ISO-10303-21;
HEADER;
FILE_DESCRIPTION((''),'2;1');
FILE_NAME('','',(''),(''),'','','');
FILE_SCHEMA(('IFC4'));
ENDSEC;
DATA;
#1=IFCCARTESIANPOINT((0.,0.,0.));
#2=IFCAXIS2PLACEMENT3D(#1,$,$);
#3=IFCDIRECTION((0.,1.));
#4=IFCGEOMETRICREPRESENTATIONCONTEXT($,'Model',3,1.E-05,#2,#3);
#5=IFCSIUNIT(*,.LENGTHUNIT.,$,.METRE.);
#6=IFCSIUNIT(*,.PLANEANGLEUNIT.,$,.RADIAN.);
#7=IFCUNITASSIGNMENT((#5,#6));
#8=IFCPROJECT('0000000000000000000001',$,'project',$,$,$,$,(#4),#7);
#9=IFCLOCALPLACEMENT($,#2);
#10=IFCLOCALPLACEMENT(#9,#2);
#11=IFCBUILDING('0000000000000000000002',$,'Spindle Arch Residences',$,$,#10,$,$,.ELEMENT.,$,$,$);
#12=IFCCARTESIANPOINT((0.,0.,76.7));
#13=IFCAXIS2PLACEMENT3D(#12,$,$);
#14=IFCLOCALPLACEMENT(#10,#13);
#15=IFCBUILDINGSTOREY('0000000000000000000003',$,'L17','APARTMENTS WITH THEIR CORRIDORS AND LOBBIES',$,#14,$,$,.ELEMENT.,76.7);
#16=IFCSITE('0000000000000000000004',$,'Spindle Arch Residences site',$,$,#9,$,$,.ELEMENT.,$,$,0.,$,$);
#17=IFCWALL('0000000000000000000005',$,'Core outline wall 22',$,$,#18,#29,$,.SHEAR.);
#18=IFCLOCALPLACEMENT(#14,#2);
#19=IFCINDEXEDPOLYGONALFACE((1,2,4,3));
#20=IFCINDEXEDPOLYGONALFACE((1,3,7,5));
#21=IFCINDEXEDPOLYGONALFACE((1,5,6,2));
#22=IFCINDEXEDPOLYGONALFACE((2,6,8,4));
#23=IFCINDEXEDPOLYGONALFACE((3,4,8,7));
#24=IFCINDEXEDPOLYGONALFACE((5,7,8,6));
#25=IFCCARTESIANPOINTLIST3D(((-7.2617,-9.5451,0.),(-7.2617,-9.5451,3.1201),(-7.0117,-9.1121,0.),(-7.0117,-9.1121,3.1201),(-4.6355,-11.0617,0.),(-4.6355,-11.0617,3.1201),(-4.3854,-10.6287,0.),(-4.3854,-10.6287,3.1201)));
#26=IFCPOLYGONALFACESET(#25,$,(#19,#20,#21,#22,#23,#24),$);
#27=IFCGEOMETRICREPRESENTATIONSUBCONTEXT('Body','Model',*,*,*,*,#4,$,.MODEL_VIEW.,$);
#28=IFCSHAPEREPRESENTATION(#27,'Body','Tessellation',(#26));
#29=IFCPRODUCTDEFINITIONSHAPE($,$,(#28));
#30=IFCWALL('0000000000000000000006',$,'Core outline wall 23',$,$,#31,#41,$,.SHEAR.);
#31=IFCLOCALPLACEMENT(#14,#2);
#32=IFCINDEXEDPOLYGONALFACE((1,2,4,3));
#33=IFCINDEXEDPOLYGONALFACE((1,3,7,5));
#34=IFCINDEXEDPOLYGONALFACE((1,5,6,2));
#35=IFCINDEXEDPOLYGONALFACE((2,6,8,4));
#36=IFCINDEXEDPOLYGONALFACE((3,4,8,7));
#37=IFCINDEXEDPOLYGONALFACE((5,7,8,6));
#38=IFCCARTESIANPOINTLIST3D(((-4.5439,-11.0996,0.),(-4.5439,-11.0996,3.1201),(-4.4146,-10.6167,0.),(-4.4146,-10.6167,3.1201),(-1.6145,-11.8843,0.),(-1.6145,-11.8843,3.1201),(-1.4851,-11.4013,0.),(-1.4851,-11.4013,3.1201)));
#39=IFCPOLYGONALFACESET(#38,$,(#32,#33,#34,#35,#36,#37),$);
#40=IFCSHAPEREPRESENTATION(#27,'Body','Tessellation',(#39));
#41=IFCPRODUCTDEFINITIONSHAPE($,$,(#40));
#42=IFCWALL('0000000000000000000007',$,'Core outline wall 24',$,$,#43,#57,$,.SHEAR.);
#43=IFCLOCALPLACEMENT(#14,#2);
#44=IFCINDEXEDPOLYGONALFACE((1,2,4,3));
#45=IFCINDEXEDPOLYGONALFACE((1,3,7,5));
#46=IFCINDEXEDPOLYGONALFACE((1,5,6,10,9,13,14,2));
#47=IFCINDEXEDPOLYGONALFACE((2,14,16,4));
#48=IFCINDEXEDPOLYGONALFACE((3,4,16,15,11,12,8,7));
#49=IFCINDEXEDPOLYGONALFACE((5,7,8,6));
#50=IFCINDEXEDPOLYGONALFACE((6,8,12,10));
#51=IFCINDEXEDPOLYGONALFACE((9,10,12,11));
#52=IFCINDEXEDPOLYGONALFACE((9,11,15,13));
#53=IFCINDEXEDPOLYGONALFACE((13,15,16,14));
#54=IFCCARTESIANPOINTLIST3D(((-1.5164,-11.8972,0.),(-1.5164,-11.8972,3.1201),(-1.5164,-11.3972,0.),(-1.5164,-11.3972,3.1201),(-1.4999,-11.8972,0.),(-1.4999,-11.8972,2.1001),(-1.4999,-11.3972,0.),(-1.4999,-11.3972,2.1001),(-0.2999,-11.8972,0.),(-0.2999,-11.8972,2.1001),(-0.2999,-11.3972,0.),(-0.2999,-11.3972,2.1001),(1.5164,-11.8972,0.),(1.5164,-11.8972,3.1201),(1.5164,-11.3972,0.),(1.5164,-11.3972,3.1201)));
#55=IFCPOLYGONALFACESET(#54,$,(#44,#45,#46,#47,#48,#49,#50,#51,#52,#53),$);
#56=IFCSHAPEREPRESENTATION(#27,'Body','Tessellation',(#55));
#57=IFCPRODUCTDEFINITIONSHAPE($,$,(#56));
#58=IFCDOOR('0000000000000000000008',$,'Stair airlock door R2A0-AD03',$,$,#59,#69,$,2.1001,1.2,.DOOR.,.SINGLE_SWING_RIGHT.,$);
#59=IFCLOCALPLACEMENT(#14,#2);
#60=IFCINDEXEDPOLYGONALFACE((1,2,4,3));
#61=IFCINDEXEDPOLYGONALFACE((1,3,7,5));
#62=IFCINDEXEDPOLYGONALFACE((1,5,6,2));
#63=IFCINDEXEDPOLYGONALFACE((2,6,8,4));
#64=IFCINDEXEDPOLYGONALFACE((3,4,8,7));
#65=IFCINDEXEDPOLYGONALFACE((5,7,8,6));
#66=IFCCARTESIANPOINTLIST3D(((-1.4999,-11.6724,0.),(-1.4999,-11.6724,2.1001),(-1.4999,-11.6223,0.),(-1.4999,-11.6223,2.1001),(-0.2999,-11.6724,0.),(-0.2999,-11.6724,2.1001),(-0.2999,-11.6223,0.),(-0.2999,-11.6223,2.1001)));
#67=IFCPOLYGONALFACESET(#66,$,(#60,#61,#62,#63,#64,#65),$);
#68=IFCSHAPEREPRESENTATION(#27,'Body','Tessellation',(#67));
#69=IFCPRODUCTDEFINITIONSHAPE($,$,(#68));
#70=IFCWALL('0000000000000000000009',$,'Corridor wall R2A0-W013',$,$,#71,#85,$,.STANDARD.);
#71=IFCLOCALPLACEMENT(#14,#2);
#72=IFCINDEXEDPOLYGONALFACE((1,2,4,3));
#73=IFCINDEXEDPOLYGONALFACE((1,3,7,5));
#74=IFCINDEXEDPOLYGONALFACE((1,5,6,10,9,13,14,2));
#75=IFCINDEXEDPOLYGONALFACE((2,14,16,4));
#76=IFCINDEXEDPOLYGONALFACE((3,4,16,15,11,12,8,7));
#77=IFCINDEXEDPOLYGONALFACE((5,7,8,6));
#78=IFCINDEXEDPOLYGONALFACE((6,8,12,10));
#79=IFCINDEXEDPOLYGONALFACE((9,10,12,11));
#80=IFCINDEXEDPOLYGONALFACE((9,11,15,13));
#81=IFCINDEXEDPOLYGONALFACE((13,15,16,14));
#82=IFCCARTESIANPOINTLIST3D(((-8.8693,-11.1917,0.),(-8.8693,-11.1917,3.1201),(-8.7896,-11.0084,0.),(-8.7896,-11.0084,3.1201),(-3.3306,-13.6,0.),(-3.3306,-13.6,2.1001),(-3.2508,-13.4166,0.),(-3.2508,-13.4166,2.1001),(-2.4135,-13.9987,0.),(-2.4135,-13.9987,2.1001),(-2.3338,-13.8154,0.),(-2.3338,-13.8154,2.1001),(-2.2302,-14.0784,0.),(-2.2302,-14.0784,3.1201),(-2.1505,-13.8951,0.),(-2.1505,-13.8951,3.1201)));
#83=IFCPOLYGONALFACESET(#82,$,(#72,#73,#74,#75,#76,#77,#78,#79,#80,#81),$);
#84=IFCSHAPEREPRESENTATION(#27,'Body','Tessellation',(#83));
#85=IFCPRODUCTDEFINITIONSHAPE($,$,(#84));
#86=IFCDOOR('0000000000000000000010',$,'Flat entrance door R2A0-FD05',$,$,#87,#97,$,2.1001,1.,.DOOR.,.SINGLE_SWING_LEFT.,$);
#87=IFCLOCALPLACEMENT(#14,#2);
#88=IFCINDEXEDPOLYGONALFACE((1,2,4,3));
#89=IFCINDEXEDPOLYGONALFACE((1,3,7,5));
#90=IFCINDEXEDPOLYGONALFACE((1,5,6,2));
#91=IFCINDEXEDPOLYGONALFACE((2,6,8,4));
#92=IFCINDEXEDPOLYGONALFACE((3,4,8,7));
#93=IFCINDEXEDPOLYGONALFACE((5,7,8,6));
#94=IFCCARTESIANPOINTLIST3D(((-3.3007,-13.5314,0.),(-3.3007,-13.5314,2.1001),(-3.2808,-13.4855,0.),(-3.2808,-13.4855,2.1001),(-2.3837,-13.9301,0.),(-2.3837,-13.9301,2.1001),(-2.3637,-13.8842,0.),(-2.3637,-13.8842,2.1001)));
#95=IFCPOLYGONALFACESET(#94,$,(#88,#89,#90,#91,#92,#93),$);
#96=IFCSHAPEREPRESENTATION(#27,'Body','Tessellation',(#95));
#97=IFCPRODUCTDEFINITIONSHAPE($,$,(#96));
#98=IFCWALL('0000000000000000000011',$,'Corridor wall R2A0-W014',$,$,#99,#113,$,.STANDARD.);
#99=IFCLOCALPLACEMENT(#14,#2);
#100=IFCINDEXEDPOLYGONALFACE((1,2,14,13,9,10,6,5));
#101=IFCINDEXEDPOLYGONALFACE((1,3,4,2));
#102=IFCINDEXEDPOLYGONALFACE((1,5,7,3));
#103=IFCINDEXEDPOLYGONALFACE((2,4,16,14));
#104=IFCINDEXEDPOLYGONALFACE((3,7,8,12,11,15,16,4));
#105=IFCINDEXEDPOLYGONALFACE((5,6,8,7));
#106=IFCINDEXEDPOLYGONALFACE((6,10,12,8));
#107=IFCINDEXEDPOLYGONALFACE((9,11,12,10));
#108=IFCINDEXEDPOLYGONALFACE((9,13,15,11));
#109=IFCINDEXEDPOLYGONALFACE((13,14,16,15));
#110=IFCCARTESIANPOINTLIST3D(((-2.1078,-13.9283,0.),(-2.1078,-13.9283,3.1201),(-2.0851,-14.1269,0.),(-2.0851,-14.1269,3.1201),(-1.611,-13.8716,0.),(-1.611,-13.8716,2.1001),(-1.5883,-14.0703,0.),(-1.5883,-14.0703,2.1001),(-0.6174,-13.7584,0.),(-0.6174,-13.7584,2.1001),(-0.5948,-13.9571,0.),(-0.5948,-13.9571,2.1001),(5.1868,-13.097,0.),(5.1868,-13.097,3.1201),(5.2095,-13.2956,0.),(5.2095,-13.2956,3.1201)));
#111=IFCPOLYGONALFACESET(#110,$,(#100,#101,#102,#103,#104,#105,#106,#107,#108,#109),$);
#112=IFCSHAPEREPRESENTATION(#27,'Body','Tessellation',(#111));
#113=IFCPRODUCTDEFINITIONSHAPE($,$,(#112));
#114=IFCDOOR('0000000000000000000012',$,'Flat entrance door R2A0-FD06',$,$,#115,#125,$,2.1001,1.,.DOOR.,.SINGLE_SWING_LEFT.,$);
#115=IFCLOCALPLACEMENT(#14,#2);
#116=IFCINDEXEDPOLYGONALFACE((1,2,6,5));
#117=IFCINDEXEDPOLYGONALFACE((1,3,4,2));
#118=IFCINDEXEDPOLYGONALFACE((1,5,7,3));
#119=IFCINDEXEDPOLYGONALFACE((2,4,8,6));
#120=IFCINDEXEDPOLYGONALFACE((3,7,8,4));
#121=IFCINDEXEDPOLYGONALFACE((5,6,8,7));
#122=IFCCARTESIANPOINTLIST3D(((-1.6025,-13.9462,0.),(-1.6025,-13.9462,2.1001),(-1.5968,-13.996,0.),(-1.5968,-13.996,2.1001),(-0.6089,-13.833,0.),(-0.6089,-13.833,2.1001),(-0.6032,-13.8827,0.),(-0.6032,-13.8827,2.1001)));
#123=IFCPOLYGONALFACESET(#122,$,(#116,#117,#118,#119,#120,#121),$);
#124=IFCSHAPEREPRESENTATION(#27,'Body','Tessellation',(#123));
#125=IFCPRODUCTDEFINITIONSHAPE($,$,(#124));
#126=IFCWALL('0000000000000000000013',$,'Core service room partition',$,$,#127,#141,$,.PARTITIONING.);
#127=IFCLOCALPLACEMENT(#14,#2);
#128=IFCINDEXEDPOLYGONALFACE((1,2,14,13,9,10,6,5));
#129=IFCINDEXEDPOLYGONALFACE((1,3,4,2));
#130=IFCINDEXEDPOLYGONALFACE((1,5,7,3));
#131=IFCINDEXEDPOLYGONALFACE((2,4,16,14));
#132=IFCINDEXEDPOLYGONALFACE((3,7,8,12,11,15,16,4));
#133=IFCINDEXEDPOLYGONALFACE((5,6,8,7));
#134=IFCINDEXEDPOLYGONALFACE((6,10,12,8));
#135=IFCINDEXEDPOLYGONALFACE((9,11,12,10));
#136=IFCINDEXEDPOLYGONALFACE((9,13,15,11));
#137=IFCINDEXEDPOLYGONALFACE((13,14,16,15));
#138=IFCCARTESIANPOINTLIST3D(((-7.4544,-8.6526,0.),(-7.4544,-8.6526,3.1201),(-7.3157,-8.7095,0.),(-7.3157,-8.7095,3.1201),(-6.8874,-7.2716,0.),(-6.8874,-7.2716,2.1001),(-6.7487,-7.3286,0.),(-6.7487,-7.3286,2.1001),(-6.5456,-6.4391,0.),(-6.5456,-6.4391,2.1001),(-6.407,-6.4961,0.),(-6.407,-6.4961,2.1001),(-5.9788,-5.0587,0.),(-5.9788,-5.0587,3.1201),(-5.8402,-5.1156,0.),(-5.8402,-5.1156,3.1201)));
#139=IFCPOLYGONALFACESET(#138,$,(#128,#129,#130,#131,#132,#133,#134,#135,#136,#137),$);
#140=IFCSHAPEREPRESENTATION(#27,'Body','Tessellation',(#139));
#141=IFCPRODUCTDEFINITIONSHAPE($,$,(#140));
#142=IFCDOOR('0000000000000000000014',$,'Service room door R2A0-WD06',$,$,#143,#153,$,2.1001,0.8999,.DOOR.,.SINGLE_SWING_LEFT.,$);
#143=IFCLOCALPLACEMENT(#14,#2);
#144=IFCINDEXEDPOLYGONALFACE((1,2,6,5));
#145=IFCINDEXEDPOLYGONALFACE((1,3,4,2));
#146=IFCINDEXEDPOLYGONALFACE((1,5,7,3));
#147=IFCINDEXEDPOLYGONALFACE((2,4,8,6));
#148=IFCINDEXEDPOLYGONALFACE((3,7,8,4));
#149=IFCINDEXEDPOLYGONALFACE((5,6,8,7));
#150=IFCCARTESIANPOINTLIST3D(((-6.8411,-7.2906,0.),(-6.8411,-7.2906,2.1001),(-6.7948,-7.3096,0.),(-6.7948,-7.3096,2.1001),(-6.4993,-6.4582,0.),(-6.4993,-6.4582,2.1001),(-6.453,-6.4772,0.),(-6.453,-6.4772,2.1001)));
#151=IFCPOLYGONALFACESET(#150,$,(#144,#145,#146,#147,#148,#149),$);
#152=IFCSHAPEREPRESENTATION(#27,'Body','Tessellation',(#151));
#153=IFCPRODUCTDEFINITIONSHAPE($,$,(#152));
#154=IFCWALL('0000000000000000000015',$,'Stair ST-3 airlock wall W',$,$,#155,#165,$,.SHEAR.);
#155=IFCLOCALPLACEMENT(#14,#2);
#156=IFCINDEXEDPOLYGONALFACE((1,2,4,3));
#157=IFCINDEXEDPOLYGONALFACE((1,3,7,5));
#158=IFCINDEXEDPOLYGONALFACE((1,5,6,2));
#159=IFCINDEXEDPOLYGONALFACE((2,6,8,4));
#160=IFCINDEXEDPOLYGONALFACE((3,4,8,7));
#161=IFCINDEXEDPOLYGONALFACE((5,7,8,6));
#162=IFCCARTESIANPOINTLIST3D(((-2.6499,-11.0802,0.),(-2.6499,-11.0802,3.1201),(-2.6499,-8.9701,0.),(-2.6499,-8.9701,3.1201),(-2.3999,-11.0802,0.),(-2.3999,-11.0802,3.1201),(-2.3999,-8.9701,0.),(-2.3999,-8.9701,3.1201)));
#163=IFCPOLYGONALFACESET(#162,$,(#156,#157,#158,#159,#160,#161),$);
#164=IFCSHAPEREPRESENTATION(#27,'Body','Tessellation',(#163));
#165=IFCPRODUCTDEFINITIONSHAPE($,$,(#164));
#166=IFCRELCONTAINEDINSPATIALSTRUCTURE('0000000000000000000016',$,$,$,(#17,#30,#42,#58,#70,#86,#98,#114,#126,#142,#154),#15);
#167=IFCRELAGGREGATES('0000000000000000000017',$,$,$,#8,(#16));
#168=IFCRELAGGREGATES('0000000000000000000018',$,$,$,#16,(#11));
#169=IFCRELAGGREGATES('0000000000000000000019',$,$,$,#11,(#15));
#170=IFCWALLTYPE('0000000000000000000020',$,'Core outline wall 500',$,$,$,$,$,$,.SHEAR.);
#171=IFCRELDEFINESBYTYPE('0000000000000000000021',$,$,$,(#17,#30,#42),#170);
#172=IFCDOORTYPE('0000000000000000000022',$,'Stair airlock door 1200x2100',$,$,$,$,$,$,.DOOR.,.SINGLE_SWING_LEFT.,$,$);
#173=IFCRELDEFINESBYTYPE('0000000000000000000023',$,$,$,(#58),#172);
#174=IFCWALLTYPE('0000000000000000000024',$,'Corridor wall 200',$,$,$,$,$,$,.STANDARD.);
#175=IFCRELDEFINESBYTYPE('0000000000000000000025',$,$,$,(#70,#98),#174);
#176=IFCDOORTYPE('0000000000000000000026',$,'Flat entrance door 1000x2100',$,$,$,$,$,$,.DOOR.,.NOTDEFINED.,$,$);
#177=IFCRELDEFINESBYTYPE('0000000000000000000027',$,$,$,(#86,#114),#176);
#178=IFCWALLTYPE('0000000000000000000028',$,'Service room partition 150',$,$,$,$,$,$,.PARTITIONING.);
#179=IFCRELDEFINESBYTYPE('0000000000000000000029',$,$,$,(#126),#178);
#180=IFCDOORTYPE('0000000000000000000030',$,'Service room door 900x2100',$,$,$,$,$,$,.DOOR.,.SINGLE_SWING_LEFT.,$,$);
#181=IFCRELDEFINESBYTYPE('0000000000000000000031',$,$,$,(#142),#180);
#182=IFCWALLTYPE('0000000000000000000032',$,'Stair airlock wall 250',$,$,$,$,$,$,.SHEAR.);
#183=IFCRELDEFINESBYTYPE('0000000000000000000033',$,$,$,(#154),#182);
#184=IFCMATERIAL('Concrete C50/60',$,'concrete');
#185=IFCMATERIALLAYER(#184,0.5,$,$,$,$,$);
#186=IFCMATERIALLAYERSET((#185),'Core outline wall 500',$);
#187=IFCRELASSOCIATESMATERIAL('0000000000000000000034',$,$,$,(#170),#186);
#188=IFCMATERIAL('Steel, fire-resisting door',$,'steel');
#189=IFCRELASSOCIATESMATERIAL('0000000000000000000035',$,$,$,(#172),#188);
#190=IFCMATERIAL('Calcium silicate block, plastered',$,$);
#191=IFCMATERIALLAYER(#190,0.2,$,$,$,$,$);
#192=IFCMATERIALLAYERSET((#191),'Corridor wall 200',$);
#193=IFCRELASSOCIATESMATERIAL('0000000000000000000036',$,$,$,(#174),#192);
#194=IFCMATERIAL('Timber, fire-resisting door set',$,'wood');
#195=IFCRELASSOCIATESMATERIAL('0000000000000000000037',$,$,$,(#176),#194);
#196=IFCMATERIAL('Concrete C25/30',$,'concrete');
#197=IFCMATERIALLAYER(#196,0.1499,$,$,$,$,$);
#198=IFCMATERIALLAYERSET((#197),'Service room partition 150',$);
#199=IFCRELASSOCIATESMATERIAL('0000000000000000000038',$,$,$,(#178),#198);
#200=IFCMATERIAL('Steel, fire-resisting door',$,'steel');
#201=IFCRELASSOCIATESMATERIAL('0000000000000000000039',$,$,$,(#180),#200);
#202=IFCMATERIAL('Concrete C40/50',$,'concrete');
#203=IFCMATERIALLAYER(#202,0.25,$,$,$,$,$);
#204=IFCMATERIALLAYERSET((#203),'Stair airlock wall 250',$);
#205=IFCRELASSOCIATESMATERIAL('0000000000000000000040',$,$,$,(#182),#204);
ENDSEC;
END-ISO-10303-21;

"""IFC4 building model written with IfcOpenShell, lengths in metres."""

from ifc_helpers import new_model, si_unit, direction, frame, frame_2d, origin, place, context, subcontext, project, spatial, rectangle, extrude, material, layer, layer_set, type_object, element, fill, save


model = new_model("IFC4")

# Units and contexts
model_context = context("Model", 3, precision=1e-05, world=origin(), true_north=direction((0.0, 1.0)))
body_context = subcontext(model_context, "Body", "Model", "MODEL_VIEW")
ifc_project = project(units=[si_unit("LENGTHUNIT", "METRE"), si_unit("PLANEANGLEUNIT", "RADIAN")], contexts=[model_context])

# Site, building, storey
site_placement = place(None, origin())
site = spatial("IfcSite", under=ifc_project, at=site_placement, Name="Spindle Arch Residences site", CompositionType="ELEMENT", RefElevation=0.0)
building_placement = place(site_placement, origin())
building = spatial("IfcBuilding", under=site, at=building_placement, Name="Spindle Arch Residences", CompositionType="ELEMENT")
storey_placement = place(building_placement, frame((0.0, 0.0, 76.7)))
storey = spatial("IfcBuildingStorey", under=building, at=storey_placement, Name="L17", Description="APARTMENTS WITH THEIR CORRIDORS AND LOBBIES", CompositionType="ELEMENT", Elevation=76.7)

# Walls
ifc_material_1 = material(Name="Concrete C50/60", Category="concrete")
ifc_layer_1 = layer(ifc_material_1, 0.5)
ifc_layer_set_1 = layer_set([ifc_layer_1], Name="Core outline wall 500")
wall_type_1 = type_object("IfcWallType", Name="Core outline wall 500", PredefinedType="SHEAR", material=ifc_layer_set_1)
for number, where, z_axis, x_axis, name in (
    (1, (-7.1367, -9.3286, 0.0), (0.0, 0.0, 1.0), (0.865975, -0.500087, 0.0), "Core outline wall 22"),
    (2, (-4.4792, -10.8582, 0.0), (0.0, 0.0, 1.0), (0.965948, -0.258735, 0.0), "Core outline wall 23"),
):
    element("IfcWall", number, at=place(storey_placement, frame(where, z_axis=z_axis, x_axis=x_axis)), inside=storey, type_object=wall_type_1, Name=name, PredefinedType="SHEAR", context=body_context, shape_type="SweptSolid", body=[
        extrude(rectangle(XDim=3.0327, YDim=0.5, at=frame_2d((1.5164, 0.0))), origin(), (0.0, 0.0, 1.0), 3.1201),
    ])

# Walls, openings, doors
wall_1_placement = place(storey_placement, frame((-1.5164, -11.6472, 0.0), z_axis=(0.0, 0.0, 1.0), x_axis=(1.0, 0.0, 0.0)))
wall_1 = element("IfcWall", 3, at=wall_1_placement, inside=storey, type_object=wall_type_1, Name="Core outline wall 24", PredefinedType="SHEAR", context=body_context, shape_type="SweptSolid", body=[
    extrude(rectangle(XDim=3.0327, YDim=0.5, at=frame_2d((1.5164, 0.0))), origin(), (0.0, 0.0, 1.0), 3.1201),
])
opening_1_placement = place(wall_1_placement, frame((0.0164, 0.0, 0.0)))
opening_1 = element("IfcOpeningElement", 4, at=opening_1_placement, cuts=wall_1, PredefinedType="OPENING", context=body_context, shape_type="SweptSolid", body=[
    extrude(rectangle(XDim=1.2, YDim=2.1001, at=frame_2d((0.6001, 1.05))), frame((0.0, 0.26, 0.0), z_axis=(0.0, -1.0, 0.0), x_axis=(1.0, 0.0, 0.0)), (0.0, 0.0, 1.0), 0.52),
])
ifc_material_2 = material(Name="Steel, fire-resisting door", Category="steel")
door_type_1 = type_object("IfcDoorType", Name="Stair airlock door 1200x2100", OperationType="SINGLE_SWING_LEFT", PredefinedType="DOOR", material=ifc_material_2)
door_1_placement = place(opening_1_placement, origin())
door_1 = element("IfcDoor", 5, at=door_1_placement, inside=storey, type_object=door_type_1, Name="Stair airlock door R2A0-AD03", OperationType="SINGLE_SWING_RIGHT", OverallHeight=2.1001, OverallWidth=1.2, PredefinedType="DOOR", context=body_context, shape_type="SweptSolid", body=[
    extrude(rectangle(XDim=1.2, YDim=2.1001, at=frame_2d((0.6001, 1.05))), frame((0.0, 0.0249, 0.0), z_axis=(0.0, -1.0, 0.0), x_axis=(1.0, 0.0, 0.0)), (0.0, 0.0, 1.0), 0.05),
])
fill(opening_1, door_1)
ifc_material_3 = material(Name="Calcium silicate block, plastered")
ifc_layer_2 = layer(ifc_material_3, 0.2)
ifc_layer_set_2 = layer_set([ifc_layer_2], Name="Corridor wall 200")
wall_type_2 = type_object("IfcWallType", Name="Corridor wall 200", PredefinedType="STANDARD", material=ifc_layer_set_2)
wall_2_placement = place(storey_placement, frame((-8.8293, -11.1001, 0.0), z_axis=(0.0, 0.0, 1.0), x_axis=(0.917064, -0.398741, 0.0)))
wall_2 = element("IfcWall", 6, at=wall_2_placement, inside=storey, type_object=wall_type_2, Name="Corridor wall R2A0-W013", PredefinedType="STANDARD", context=body_context, shape_type="SweptSolid", body=[
    extrude(rectangle(XDim=7.2395, YDim=0.2, at=frame_2d((3.6196, 0.0))), origin(), (0.0, 0.0, 1.0), 3.1201),
])
opening_2_placement = place(wall_2_placement, frame((6.0396, 0.0, 0.0)))
opening_2 = element("IfcOpeningElement", 7, at=opening_2_placement, cuts=wall_2, PredefinedType="OPENING", context=body_context, shape_type="SweptSolid", body=[
    extrude(rectangle(XDim=1.0, YDim=2.1001, at=frame_2d((0.5, 1.05))), frame((0.0, 0.1099, 0.0), z_axis=(0.0, -1.0, 0.0), x_axis=(1.0, 0.0, 0.0)), (0.0, 0.0, 1.0), 0.22),
])
ifc_material_4 = material(Name="Timber, fire-resisting door set", Category="wood")
door_type_2 = type_object("IfcDoorType", Name="Flat entrance door 1000x2100", OperationType="NOTDEFINED", PredefinedType="DOOR", material=ifc_material_4)
door_2_placement = place(opening_2_placement, origin())
door_2 = element("IfcDoor", 8, at=door_2_placement, inside=storey, type_object=door_type_2, Name="Flat entrance door R2A0-FD05", OperationType="SINGLE_SWING_LEFT", OverallHeight=2.1001, OverallWidth=1.0, PredefinedType="DOOR", context=body_context, shape_type="SweptSolid", body=[
    extrude(rectangle(XDim=1.0, YDim=2.1001, at=frame_2d((0.5, 1.05))), frame((0.0, 0.0249, 0.0), z_axis=(0.0, -1.0, 0.0), x_axis=(1.0, 0.0, 0.0)), (0.0, 0.0, 1.0), 0.05),
])
fill(opening_2, door_2)
wall_3_placement = place(storey_placement, frame((-2.0964, -14.0276, 0.0), z_axis=(0.0, 0.0, 1.0), x_axis=(0.993569, 0.113227, 0.0)))
wall_3 = element("IfcWall", 9, at=wall_3_placement, inside=storey, type_object=wall_type_2, Name="Corridor wall R2A0-W014", PredefinedType="STANDARD", context=body_context, shape_type="SweptSolid", body=[
    extrude(rectangle(XDim=7.3418, YDim=0.2, at=frame_2d((3.6709, 0.0))), origin(), (0.0, 0.0, 1.0), 3.1201),
])
opening_3_placement = place(wall_3_placement, frame((0.5, 0.0, 0.0)))
opening_3 = element("IfcOpeningElement", 10, at=opening_3_placement, cuts=wall_3, PredefinedType="OPENING", context=body_context, shape_type="SweptSolid", body=[
    extrude(rectangle(XDim=1.0, YDim=2.1001, at=frame_2d((0.5, 1.05))), frame((0.0, 0.1099, 0.0), z_axis=(0.0, -1.0, 0.0), x_axis=(1.0, 0.0, 0.0)), (0.0, 0.0, 1.0), 0.22),
])
door_3_placement = place(opening_3_placement, origin())
door_3 = element("IfcDoor", 11, at=door_3_placement, inside=storey, type_object=door_type_2, Name="Flat entrance door R2A0-FD06", OperationType="SINGLE_SWING_LEFT", OverallHeight=2.1001, OverallWidth=1.0, PredefinedType="DOOR", context=body_context, shape_type="SweptSolid", body=[
    extrude(rectangle(XDim=1.0, YDim=2.1001, at=frame_2d((0.5, 1.05))), frame((0.0, 0.0249, 0.0), z_axis=(0.0, -1.0, 0.0), x_axis=(1.0, 0.0, 0.0)), (0.0, 0.0, 1.0), 0.05),
])
fill(opening_3, door_3)
ifc_material_5 = material(Name="Concrete C25/30", Category="concrete")
ifc_layer_3 = layer(ifc_material_5, 0.1499)
ifc_layer_set_3 = layer_set([ifc_layer_3], Name="Service room partition 150")
wall_type_3 = type_object("IfcWallType", Name="Service room partition 150", PredefinedType="PARTITIONING", material=ifc_layer_set_3)
wall_4_placement = place(storey_placement, frame((-7.385, -8.6809, 0.0), z_axis=(0.0, 0.0, 1.0), x_axis=(0.379805, 0.925067, 0.0)))
wall_4 = element("IfcWall", 12, at=wall_4_placement, inside=storey, type_object=wall_type_3, Name="Core service room partition", PredefinedType="PARTITIONING", context=body_context, shape_type="SweptSolid", body=[
    extrude(rectangle(XDim=3.885, YDim=0.1499, at=frame_2d((1.9424, 0.0))), origin(), (0.0, 0.0, 1.0), 3.1201),
])
opening_4_placement = place(wall_4_placement, frame((1.4927, 0.0, 0.0)))
opening_4 = element("IfcOpeningElement", 13, at=opening_4_placement, cuts=wall_4, PredefinedType="OPENING", context=body_context, shape_type="SweptSolid", body=[
    extrude(rectangle(XDim=0.8999, YDim=2.1001, at=frame_2d((0.45, 1.05))), frame((0.0, 0.085, 0.0), z_axis=(0.0, -1.0, 0.0), x_axis=(1.0, 0.0, 0.0)), (0.0, 0.0, 1.0), 0.1699),
])
ifc_material_6 = material(Name="Steel, fire-resisting door", Category="steel")
door_type_3 = type_object("IfcDoorType", Name="Service room door 900x2100", OperationType="SINGLE_SWING_LEFT", PredefinedType="DOOR", material=ifc_material_6)
door_4_placement = place(opening_4_placement, origin())
door_4 = element("IfcDoor", 14, at=door_4_placement, inside=storey, type_object=door_type_3, Name="Service room door R2A0-WD06", OperationType="SINGLE_SWING_LEFT", OverallHeight=2.1001, OverallWidth=0.8999, PredefinedType="DOOR", context=body_context, shape_type="SweptSolid", body=[
    extrude(rectangle(XDim=0.8999, YDim=2.1001, at=frame_2d((0.45, 1.05))), frame((0.0, 0.0249, 0.0), z_axis=(0.0, -1.0, 0.0), x_axis=(1.0, 0.0, 0.0)), (0.0, 0.0, 1.0), 0.05),
])
fill(opening_4, door_4)

# Wall
ifc_material_7 = material(Name="Concrete C40/50", Category="concrete")
ifc_layer_4 = layer(ifc_material_7, 0.25)
ifc_layer_set_4 = layer_set([ifc_layer_4], Name="Stair airlock wall 250")
wall_type_4 = type_object("IfcWallType", Name="Stair airlock wall 250", PredefinedType="SHEAR", material=ifc_layer_set_4)
wall_5_placement = place(storey_placement, frame((-2.5249, -8.97, 0.0), z_axis=(0.0, 0.0, 1.0), x_axis=(0.0, -1.0, 0.0)))
element("IfcWall", 15, at=wall_5_placement, inside=storey, type_object=wall_type_4, Name="Stair ST-3 airlock wall W", PredefinedType="SHEAR", context=body_context, shape_type="SweptSolid", body=[
    extrude(rectangle(XDim=2.1101, YDim=0.25, at=frame_2d((1.0552, 0.0))), origin(), (0.0, 0.0, 1.0), 3.1201),
])

save(model, "model.ifc")
